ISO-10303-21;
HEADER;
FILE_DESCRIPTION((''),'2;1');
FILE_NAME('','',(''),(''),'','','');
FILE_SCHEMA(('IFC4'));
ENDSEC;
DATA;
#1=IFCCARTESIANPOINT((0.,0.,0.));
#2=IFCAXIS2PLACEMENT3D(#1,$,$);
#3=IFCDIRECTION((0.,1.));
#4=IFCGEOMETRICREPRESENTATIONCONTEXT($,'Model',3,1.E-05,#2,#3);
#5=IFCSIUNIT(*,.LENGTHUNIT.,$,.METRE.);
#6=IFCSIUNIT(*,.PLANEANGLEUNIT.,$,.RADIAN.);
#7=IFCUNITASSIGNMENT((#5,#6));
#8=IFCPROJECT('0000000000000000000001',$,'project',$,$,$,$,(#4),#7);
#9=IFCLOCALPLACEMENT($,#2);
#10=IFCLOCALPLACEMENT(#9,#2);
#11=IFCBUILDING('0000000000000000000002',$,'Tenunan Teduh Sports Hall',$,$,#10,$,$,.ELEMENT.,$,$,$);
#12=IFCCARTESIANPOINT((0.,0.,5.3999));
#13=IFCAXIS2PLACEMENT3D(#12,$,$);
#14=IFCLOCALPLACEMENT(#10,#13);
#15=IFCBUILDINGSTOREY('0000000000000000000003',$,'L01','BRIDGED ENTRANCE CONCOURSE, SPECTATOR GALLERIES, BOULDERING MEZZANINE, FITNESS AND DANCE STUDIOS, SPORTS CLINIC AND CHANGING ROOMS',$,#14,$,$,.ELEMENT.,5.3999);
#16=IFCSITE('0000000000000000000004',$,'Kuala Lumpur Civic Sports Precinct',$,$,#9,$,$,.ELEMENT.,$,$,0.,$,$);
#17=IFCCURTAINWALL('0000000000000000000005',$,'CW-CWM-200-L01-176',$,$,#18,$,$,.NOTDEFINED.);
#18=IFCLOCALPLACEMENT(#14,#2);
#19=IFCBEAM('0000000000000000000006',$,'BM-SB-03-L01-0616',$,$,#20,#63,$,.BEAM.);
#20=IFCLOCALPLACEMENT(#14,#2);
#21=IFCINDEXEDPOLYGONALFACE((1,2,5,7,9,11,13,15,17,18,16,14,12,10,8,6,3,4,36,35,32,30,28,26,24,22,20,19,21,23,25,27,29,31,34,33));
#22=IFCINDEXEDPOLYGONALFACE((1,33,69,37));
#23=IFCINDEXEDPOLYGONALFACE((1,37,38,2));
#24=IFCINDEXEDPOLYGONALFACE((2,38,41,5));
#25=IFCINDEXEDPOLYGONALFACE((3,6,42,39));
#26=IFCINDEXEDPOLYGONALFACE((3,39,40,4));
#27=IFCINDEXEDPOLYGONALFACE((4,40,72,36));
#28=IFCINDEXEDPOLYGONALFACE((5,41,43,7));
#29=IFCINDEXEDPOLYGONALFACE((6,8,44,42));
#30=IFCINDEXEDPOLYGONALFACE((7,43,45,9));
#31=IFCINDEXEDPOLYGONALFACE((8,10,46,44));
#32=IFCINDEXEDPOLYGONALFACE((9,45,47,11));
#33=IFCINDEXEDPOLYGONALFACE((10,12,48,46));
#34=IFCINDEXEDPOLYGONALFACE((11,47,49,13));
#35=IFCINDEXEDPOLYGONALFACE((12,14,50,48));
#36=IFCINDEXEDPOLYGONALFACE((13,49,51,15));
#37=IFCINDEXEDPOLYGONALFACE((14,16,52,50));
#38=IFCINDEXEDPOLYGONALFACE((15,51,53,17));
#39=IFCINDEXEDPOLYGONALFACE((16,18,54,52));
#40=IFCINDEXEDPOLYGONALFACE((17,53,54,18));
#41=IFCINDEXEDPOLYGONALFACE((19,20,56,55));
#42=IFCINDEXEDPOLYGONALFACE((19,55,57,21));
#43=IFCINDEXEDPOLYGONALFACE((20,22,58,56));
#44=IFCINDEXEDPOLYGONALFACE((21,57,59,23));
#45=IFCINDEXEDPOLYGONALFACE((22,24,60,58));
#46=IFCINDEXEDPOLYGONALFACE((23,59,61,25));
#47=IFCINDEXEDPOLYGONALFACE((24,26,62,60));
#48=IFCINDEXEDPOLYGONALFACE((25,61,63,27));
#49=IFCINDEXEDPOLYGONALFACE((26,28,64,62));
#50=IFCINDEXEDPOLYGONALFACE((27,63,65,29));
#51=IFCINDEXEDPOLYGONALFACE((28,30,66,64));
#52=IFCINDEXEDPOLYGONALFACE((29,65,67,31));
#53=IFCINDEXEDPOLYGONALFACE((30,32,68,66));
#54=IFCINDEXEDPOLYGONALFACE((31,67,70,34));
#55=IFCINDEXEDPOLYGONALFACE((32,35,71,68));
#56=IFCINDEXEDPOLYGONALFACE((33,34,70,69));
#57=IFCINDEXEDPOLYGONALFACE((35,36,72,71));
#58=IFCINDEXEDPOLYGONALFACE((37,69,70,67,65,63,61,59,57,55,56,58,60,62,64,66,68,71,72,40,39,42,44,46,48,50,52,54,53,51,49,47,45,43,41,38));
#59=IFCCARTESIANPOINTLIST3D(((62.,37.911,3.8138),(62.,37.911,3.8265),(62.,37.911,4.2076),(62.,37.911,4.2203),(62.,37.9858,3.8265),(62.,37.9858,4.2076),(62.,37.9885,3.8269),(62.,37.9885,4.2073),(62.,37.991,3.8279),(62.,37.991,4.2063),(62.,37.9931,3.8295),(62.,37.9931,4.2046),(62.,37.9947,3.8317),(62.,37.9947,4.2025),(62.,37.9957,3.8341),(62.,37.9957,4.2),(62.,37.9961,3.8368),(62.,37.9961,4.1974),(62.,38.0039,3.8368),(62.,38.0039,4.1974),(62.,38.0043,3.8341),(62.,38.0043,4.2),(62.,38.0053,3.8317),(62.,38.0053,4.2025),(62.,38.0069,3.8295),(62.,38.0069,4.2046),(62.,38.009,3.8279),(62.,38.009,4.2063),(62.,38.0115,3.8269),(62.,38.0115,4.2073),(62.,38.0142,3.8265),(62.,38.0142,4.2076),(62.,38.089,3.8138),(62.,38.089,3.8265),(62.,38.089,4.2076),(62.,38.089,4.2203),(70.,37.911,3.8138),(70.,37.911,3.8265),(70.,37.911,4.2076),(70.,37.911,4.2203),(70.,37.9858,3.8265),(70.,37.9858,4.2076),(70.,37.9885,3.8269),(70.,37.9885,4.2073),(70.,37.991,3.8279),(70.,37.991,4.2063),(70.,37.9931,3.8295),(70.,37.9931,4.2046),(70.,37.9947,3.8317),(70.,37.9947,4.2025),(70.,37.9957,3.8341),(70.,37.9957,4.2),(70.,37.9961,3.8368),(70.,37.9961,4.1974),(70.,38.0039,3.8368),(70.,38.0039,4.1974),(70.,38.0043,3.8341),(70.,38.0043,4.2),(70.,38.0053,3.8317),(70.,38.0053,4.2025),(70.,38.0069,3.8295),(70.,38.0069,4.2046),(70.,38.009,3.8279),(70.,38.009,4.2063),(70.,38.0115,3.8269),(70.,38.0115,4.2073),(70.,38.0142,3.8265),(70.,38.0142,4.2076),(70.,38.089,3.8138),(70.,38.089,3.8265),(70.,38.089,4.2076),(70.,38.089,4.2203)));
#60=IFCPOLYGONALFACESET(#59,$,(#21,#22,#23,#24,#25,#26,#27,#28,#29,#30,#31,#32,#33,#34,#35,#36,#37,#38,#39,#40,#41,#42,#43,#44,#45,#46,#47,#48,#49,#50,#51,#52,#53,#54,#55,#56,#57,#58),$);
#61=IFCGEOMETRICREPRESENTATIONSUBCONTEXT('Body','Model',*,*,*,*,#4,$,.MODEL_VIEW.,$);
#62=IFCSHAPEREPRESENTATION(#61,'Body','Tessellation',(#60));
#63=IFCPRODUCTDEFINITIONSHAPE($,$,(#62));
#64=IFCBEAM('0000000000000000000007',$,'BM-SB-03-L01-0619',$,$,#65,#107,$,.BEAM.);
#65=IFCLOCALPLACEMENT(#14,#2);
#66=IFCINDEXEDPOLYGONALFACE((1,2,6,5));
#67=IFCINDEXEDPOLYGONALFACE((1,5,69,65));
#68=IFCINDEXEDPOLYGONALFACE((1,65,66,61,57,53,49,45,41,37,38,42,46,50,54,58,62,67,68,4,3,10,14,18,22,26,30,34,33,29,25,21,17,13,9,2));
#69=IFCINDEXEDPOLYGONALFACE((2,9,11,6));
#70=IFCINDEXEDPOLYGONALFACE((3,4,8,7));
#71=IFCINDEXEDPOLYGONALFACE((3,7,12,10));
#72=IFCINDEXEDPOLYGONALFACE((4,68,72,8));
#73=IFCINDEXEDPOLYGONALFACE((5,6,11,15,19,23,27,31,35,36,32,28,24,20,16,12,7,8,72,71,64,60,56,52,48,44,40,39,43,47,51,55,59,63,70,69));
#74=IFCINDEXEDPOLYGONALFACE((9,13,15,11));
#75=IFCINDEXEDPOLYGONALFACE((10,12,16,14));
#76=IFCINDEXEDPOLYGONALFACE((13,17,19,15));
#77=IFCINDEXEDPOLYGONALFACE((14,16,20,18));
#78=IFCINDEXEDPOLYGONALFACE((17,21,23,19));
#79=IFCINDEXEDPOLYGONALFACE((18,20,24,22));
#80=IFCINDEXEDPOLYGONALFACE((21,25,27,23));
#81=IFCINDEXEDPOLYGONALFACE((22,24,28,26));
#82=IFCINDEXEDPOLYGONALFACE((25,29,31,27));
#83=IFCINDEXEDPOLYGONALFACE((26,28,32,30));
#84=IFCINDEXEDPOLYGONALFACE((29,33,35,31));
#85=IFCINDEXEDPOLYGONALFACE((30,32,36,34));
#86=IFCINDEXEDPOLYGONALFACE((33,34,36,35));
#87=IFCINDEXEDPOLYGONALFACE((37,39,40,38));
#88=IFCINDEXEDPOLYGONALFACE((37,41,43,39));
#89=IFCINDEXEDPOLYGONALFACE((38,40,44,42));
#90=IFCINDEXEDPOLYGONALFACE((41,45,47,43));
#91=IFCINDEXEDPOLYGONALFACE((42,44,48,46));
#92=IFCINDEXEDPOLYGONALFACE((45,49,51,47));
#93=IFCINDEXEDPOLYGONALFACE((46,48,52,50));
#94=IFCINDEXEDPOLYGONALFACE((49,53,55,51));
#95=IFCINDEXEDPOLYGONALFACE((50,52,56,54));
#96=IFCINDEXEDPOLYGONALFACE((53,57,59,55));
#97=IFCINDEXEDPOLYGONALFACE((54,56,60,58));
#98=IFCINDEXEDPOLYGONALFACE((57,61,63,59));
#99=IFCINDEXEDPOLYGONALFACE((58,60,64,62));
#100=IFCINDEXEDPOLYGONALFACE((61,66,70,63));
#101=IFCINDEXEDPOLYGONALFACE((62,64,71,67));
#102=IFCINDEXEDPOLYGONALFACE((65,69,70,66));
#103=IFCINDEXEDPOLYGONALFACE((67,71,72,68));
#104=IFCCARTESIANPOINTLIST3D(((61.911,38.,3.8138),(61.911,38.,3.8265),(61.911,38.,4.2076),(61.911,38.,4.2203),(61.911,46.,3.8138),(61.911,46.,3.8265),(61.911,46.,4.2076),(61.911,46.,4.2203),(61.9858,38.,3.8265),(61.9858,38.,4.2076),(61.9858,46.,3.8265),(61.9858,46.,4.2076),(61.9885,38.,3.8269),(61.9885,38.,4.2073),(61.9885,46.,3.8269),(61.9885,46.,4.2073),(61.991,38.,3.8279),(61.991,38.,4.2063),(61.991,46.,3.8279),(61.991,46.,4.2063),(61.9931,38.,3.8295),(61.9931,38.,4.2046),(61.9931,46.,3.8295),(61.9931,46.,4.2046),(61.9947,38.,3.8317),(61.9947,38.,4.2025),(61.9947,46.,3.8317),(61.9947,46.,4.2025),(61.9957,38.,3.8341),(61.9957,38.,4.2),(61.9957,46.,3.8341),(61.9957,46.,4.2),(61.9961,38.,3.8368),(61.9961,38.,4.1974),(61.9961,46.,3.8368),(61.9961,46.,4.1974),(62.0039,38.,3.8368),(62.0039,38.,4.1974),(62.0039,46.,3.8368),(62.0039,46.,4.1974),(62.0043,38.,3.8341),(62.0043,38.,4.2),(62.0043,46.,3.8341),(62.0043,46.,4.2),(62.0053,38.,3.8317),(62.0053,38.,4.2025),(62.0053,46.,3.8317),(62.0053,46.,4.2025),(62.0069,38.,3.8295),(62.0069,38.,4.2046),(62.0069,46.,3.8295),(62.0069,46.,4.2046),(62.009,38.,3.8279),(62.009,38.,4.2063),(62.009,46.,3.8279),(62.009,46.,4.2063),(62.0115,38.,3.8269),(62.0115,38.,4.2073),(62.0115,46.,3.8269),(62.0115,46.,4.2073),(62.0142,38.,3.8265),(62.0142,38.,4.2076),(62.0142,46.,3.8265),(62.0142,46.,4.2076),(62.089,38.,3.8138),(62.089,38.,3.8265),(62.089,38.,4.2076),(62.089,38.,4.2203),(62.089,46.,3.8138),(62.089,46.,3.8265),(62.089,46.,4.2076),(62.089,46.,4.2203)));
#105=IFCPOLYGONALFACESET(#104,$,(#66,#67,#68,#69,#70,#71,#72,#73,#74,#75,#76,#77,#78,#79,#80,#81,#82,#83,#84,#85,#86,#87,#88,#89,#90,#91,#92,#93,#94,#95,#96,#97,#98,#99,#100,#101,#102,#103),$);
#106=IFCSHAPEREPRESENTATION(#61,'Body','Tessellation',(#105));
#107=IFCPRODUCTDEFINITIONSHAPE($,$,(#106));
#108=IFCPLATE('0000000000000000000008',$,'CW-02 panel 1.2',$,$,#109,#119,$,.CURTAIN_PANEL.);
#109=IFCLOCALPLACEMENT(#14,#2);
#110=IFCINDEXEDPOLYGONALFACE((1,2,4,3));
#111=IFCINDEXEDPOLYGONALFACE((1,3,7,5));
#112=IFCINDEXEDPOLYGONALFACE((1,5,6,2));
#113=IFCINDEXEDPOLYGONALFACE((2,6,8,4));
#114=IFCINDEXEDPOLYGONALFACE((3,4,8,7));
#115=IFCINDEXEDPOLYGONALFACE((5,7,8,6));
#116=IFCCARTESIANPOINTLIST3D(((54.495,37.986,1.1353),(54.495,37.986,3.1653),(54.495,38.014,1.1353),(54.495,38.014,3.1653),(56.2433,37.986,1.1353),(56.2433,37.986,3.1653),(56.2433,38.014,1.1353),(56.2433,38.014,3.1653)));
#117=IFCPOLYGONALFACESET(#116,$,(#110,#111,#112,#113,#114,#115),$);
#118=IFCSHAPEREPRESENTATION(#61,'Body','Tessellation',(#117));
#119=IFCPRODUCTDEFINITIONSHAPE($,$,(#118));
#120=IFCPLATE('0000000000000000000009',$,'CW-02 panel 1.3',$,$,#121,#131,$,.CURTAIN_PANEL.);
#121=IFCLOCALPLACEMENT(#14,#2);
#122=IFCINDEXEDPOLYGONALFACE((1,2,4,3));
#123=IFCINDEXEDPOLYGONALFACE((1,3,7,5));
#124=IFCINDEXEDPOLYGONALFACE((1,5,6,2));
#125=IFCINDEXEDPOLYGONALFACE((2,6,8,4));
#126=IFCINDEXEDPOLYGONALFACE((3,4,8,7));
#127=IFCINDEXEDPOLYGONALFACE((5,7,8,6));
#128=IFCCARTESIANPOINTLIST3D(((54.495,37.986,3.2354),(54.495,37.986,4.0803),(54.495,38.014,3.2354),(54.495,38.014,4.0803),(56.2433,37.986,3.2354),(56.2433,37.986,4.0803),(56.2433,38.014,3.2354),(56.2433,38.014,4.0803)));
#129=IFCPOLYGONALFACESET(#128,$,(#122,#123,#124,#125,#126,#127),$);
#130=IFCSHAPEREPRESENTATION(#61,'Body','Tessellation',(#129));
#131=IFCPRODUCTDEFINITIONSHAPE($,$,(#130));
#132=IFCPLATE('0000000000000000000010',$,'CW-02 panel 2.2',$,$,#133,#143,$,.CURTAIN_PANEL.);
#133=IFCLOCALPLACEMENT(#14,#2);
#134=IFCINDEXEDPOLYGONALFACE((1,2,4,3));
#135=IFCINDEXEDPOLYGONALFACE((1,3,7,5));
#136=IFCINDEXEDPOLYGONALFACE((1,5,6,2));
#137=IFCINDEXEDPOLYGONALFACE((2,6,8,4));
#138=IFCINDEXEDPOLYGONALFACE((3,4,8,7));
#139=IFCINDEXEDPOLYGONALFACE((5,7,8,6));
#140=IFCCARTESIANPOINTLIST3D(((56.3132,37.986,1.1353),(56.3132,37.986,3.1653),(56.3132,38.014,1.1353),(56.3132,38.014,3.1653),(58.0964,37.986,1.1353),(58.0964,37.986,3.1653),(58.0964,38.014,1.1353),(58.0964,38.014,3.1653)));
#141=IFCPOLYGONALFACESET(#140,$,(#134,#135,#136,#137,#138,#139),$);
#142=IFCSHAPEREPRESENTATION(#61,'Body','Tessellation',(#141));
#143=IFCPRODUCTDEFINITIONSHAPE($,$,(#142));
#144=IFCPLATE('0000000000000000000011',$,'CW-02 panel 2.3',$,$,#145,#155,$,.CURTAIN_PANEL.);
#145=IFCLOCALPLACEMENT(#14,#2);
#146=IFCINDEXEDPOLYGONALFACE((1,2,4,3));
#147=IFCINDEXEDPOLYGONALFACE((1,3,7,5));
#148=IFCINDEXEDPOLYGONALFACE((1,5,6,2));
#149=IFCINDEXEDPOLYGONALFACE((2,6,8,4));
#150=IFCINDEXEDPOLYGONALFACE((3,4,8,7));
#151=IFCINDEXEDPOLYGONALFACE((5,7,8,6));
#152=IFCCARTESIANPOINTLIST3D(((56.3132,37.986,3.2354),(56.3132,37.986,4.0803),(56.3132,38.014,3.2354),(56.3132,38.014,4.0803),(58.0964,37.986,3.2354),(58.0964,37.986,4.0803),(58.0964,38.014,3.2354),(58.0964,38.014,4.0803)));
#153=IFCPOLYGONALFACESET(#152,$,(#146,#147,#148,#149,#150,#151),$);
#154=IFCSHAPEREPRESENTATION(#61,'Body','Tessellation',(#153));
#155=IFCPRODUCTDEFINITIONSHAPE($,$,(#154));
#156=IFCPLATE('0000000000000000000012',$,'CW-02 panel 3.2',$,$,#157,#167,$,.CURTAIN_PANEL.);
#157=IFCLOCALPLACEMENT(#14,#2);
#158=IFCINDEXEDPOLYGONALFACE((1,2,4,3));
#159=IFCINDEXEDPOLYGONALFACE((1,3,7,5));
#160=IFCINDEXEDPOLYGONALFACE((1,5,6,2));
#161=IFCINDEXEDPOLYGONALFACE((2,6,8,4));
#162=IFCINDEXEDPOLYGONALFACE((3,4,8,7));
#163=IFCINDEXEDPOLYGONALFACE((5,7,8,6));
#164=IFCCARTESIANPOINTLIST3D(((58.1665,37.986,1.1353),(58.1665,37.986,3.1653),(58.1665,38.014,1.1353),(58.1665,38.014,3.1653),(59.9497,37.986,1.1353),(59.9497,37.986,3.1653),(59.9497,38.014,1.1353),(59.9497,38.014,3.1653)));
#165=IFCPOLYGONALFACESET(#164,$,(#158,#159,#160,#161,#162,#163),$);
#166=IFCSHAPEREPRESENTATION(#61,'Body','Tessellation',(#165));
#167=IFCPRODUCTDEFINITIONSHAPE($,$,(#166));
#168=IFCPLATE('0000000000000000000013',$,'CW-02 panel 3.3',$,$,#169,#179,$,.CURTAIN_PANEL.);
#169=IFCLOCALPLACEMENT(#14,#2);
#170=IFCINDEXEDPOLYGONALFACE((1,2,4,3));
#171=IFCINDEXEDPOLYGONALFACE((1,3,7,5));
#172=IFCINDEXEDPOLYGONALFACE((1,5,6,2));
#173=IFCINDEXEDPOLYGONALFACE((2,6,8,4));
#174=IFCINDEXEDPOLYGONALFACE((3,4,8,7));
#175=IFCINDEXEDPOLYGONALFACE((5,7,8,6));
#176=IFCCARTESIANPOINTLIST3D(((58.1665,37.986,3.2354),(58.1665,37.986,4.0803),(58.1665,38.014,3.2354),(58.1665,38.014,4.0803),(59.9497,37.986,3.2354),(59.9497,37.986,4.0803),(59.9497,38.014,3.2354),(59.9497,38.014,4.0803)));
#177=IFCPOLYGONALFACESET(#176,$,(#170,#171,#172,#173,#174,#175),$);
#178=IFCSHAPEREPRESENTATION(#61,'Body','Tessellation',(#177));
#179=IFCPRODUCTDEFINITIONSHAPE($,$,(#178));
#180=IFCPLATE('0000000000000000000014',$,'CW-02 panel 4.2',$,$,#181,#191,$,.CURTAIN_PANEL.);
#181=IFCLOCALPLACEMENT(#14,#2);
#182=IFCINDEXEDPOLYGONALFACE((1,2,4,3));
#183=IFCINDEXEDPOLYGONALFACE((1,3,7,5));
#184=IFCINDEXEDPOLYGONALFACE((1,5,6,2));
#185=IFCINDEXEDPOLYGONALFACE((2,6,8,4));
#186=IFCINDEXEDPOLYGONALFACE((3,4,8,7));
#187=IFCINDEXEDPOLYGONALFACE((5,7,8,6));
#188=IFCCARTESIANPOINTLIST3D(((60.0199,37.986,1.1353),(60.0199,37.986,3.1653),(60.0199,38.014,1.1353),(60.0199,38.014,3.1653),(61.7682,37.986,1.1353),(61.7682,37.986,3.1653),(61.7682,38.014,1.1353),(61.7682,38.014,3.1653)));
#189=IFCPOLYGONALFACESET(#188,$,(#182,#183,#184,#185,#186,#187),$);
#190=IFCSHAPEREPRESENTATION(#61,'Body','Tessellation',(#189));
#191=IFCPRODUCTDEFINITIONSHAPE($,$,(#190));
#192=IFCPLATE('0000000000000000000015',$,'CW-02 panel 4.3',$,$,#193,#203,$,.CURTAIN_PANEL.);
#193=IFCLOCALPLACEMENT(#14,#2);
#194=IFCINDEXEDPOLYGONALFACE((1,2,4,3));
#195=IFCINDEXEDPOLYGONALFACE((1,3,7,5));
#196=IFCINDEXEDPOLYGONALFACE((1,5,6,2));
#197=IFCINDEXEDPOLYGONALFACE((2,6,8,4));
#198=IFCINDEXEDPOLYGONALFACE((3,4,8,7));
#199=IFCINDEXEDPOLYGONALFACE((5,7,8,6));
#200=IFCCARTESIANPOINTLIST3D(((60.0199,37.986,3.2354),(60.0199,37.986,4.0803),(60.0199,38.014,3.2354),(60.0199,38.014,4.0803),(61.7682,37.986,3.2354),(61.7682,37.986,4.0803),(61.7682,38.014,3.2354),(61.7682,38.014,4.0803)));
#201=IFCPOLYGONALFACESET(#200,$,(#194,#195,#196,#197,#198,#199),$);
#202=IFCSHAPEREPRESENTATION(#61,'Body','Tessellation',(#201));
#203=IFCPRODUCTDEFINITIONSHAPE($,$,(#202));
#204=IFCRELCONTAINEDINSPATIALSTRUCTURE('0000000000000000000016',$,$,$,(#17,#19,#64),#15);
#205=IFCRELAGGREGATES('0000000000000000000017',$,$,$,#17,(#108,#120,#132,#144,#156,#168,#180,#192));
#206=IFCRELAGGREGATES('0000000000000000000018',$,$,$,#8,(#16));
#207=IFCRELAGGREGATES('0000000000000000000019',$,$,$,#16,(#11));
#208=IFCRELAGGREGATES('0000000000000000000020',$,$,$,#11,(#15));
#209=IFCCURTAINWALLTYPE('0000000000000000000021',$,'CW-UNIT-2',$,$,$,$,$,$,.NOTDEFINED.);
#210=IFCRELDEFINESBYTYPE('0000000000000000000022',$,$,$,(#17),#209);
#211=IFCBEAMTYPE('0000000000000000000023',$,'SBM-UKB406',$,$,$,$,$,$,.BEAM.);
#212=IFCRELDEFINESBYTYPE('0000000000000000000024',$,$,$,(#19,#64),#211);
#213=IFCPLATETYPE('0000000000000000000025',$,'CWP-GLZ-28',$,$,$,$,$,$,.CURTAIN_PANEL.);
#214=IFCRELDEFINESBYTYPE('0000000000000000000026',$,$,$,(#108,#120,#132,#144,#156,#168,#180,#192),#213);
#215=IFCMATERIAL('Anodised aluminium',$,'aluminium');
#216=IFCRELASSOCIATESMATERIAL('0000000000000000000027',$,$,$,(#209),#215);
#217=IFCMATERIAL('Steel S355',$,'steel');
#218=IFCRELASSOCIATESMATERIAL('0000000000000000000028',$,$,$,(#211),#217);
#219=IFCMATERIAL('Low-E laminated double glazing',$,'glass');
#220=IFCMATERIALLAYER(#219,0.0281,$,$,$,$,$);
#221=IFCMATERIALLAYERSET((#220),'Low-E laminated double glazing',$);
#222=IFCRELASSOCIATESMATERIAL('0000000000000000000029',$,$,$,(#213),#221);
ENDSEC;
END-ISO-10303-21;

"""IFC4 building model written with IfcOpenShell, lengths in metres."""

from ifc_helpers import new_model, si_unit, direction, frame, origin, origin_2d, place, context, subcontext, project, spatial, rectangle, i_section, extrude, material, layer, layer_set, material_profile, profile_set, type_object, element, aggregate, save


model = new_model("IFC4")

# Units and contexts
model_context = context("Model", 3, precision=1e-05, world=origin(), true_north=direction((0.0, 1.0)))
body_context = subcontext(model_context, "Body", "Model", "MODEL_VIEW")
ifc_project = project(units=[si_unit("LENGTHUNIT", "METRE"), si_unit("PLANEANGLEUNIT", "RADIAN")], contexts=[model_context])

# Site, building, storey
site_placement = place(None, origin())
site = spatial("IfcSite", under=ifc_project, at=site_placement, Name="Kuala Lumpur Civic Sports Precinct", CompositionType="ELEMENT", RefElevation=0.0)
building_placement = place(site_placement, origin())
building = spatial("IfcBuilding", under=site, at=building_placement, Name="Tenunan Teduh Sports Hall", CompositionType="ELEMENT")
storey_placement = place(building_placement, frame((0.0, 0.0, 5.3999)))
storey = spatial("IfcBuildingStorey", under=building, at=storey_placement, Name="L01", Description="BRIDGED ENTRANCE CONCOURSE, SPECTATOR GALLERIES, BOULDERING MEZZANINE, FITNESS AND DANCE STUDIOS, SPORTS CLINIC AND CHANGING ROOMS", CompositionType="ELEMENT", Elevation=5.3999)

# Curtain wall
ifc_material_1 = material(Name="Anodised aluminium", Category="aluminium")
curtain_wall_type = type_object("IfcCurtainWallType", Name="CW-UNIT-2", PredefinedType="NOTDEFINED", material=ifc_material_1)
curtain_wall_placement = place(storey_placement, origin())
curtain_wall = element("IfcCurtainWall", 1, at=curtain_wall_placement, inside=storey, type_object=curtain_wall_type, Name="CW-CWM-200-L01-176", PredefinedType="NOTDEFINED")

# Beams
ifc_material_2 = material(Name="Steel S355", Category="steel")
ifc_material_profile_1 = material_profile(ifc_material_2, i_section(OverallWidth=0.178, OverallDepth=0.4065, WebThickness=0.0078, FlangeThickness=0.0127, FilletRadius=0.0103, at=origin_2d()), Name="UKB 406x178x60")
ifc_profile_set_1 = profile_set([ifc_material_profile_1], Name="Steel S355")
beam_type_1 = type_object("IfcBeamType", Name="SBM-UKB406", PredefinedType="BEAM", material=ifc_profile_set_1)
for number, where, z_axis, x_axis, name in (
    (2, (62.0, 38.0, 4.0171), (1.0, 0.0, 0.0), (0.0, 1.0, 0.0), "BM-SB-03-L01-0616"),
    (3, (62.0, 38.0, 4.0171), (0.0, 1.0, 0.0), (-1.0, 0.0, 0.0), "BM-SB-03-L01-0619"),
):
    element("IfcBeam", number, at=place(storey_placement, frame(where, z_axis=z_axis, x_axis=x_axis)), inside=storey, type_object=beam_type_1, Name=name, PredefinedType="BEAM", context=body_context, shape_type="SweptSolid", body=[
        extrude(i_section(OverallWidth=0.178, OverallDepth=0.4065, WebThickness=0.0078, FlangeThickness=0.0127, FilletRadius=0.0103, at=origin_2d()), origin(), (0.0, 0.0, 1.0), 8.0),
    ])

# Plates
ifc_material_3 = material(Name="Low-E laminated double glazing", Category="glass")
ifc_layer_1 = layer(ifc_material_3, 0.0281)
ifc_layer_set_1 = layer_set([ifc_layer_1], Name="Low-E laminated double glazing")
plate_type_1 = type_object("IfcPlateType", Name="CWP-GLZ-28", PredefinedType="CURTAIN_PANEL", material=ifc_layer_set_1)
plate_1_placement = place(storey_placement, frame((55.3691, 38.0, 1.1353), z_axis=(0.0, 0.0, 1.0), x_axis=(1.0, 0.0, 0.0)))
plate_1 = element("IfcPlate", 4, at=plate_1_placement, type_object=plate_type_1, Name="CW-02 panel 1.2", PredefinedType="CURTAIN_PANEL", context=body_context, shape_type="SweptSolid", body=[
    extrude(rectangle(XDim=1.7483, YDim=0.0281, at=origin_2d()), origin(), (0.0, 0.0, 1.0), 2.03),
])
plate_2_placement = place(storey_placement, frame((55.3691, 38.0, 3.2354), z_axis=(0.0, 0.0, 1.0), x_axis=(1.0, 0.0, 0.0)))
plate_2 = element("IfcPlate", 5, at=plate_2_placement, type_object=plate_type_1, Name="CW-02 panel 1.3", PredefinedType="CURTAIN_PANEL", context=body_context, shape_type="SweptSolid", body=[
    extrude(rectangle(XDim=1.7483, YDim=0.0281, at=origin_2d()), origin(), (0.0, 0.0, 1.0), 0.845),
])
plate_3_placement = place(storey_placement, frame((57.2048, 38.0, 1.1353), z_axis=(0.0, 0.0, 1.0), x_axis=(1.0, 0.0, 0.0)))
plate_3 = element("IfcPlate", 6, at=plate_3_placement, type_object=plate_type_1, Name="CW-02 panel 2.2", PredefinedType="CURTAIN_PANEL", context=body_context, shape_type="SweptSolid", body=[
    extrude(rectangle(XDim=1.7832, YDim=0.0281, at=origin_2d()), origin(), (0.0, 0.0, 1.0), 2.03),
])
plate_4_placement = place(storey_placement, frame((57.2048, 38.0, 3.2354), z_axis=(0.0, 0.0, 1.0), x_axis=(1.0, 0.0, 0.0)))
plate_4 = element("IfcPlate", 7, at=plate_4_placement, type_object=plate_type_1, Name="CW-02 panel 2.3", PredefinedType="CURTAIN_PANEL", context=body_context, shape_type="SweptSolid", body=[
    extrude(rectangle(XDim=1.7832, YDim=0.0281, at=origin_2d()), origin(), (0.0, 0.0, 1.0), 0.845),
])
plate_5_placement = place(storey_placement, frame((59.0581, 38.0, 1.1353), z_axis=(0.0, 0.0, 1.0), x_axis=(1.0, 0.0, 0.0)))
plate_5 = element("IfcPlate", 8, at=plate_5_placement, type_object=plate_type_1, Name="CW-02 panel 3.2", PredefinedType="CURTAIN_PANEL", context=body_context, shape_type="SweptSolid", body=[
    extrude(rectangle(XDim=1.7832, YDim=0.0281, at=origin_2d()), origin(), (0.0, 0.0, 1.0), 2.03),
])
plate_6_placement = place(storey_placement, frame((59.0581, 38.0, 3.2354), z_axis=(0.0, 0.0, 1.0), x_axis=(1.0, 0.0, 0.0)))
plate_6 = element("IfcPlate", 9, at=plate_6_placement, type_object=plate_type_1, Name="CW-02 panel 3.3", PredefinedType="CURTAIN_PANEL", context=body_context, shape_type="SweptSolid", body=[
    extrude(rectangle(XDim=1.7832, YDim=0.0281, at=origin_2d()), origin(), (0.0, 0.0, 1.0), 0.845),
])
plate_7_placement = place(storey_placement, frame((60.894, 38.0, 1.1353), z_axis=(0.0, 0.0, 1.0), x_axis=(1.0, 0.0, 0.0)))
plate_7 = element("IfcPlate", 10, at=plate_7_placement, type_object=plate_type_1, Name="CW-02 panel 4.2", PredefinedType="CURTAIN_PANEL", context=body_context, shape_type="SweptSolid", body=[
    extrude(rectangle(XDim=1.7483, YDim=0.0281, at=origin_2d()), origin(), (0.0, 0.0, 1.0), 2.03),
])
plate_8_placement = place(storey_placement, frame((60.894, 38.0, 3.2354), z_axis=(0.0, 0.0, 1.0), x_axis=(1.0, 0.0, 0.0)))
plate_8 = element("IfcPlate", 11, at=plate_8_placement, type_object=plate_type_1, Name="CW-02 panel 4.3", PredefinedType="CURTAIN_PANEL", context=body_context, shape_type="SweptSolid", body=[
    extrude(rectangle(XDim=1.7483, YDim=0.0281, at=origin_2d()), origin(), (0.0, 0.0, 1.0), 0.845),
])
aggregate(curtain_wall, [plate_1, plate_2, plate_3, plate_4, plate_5, plate_6, plate_7, plate_8])

save(model, "model.ifc")
